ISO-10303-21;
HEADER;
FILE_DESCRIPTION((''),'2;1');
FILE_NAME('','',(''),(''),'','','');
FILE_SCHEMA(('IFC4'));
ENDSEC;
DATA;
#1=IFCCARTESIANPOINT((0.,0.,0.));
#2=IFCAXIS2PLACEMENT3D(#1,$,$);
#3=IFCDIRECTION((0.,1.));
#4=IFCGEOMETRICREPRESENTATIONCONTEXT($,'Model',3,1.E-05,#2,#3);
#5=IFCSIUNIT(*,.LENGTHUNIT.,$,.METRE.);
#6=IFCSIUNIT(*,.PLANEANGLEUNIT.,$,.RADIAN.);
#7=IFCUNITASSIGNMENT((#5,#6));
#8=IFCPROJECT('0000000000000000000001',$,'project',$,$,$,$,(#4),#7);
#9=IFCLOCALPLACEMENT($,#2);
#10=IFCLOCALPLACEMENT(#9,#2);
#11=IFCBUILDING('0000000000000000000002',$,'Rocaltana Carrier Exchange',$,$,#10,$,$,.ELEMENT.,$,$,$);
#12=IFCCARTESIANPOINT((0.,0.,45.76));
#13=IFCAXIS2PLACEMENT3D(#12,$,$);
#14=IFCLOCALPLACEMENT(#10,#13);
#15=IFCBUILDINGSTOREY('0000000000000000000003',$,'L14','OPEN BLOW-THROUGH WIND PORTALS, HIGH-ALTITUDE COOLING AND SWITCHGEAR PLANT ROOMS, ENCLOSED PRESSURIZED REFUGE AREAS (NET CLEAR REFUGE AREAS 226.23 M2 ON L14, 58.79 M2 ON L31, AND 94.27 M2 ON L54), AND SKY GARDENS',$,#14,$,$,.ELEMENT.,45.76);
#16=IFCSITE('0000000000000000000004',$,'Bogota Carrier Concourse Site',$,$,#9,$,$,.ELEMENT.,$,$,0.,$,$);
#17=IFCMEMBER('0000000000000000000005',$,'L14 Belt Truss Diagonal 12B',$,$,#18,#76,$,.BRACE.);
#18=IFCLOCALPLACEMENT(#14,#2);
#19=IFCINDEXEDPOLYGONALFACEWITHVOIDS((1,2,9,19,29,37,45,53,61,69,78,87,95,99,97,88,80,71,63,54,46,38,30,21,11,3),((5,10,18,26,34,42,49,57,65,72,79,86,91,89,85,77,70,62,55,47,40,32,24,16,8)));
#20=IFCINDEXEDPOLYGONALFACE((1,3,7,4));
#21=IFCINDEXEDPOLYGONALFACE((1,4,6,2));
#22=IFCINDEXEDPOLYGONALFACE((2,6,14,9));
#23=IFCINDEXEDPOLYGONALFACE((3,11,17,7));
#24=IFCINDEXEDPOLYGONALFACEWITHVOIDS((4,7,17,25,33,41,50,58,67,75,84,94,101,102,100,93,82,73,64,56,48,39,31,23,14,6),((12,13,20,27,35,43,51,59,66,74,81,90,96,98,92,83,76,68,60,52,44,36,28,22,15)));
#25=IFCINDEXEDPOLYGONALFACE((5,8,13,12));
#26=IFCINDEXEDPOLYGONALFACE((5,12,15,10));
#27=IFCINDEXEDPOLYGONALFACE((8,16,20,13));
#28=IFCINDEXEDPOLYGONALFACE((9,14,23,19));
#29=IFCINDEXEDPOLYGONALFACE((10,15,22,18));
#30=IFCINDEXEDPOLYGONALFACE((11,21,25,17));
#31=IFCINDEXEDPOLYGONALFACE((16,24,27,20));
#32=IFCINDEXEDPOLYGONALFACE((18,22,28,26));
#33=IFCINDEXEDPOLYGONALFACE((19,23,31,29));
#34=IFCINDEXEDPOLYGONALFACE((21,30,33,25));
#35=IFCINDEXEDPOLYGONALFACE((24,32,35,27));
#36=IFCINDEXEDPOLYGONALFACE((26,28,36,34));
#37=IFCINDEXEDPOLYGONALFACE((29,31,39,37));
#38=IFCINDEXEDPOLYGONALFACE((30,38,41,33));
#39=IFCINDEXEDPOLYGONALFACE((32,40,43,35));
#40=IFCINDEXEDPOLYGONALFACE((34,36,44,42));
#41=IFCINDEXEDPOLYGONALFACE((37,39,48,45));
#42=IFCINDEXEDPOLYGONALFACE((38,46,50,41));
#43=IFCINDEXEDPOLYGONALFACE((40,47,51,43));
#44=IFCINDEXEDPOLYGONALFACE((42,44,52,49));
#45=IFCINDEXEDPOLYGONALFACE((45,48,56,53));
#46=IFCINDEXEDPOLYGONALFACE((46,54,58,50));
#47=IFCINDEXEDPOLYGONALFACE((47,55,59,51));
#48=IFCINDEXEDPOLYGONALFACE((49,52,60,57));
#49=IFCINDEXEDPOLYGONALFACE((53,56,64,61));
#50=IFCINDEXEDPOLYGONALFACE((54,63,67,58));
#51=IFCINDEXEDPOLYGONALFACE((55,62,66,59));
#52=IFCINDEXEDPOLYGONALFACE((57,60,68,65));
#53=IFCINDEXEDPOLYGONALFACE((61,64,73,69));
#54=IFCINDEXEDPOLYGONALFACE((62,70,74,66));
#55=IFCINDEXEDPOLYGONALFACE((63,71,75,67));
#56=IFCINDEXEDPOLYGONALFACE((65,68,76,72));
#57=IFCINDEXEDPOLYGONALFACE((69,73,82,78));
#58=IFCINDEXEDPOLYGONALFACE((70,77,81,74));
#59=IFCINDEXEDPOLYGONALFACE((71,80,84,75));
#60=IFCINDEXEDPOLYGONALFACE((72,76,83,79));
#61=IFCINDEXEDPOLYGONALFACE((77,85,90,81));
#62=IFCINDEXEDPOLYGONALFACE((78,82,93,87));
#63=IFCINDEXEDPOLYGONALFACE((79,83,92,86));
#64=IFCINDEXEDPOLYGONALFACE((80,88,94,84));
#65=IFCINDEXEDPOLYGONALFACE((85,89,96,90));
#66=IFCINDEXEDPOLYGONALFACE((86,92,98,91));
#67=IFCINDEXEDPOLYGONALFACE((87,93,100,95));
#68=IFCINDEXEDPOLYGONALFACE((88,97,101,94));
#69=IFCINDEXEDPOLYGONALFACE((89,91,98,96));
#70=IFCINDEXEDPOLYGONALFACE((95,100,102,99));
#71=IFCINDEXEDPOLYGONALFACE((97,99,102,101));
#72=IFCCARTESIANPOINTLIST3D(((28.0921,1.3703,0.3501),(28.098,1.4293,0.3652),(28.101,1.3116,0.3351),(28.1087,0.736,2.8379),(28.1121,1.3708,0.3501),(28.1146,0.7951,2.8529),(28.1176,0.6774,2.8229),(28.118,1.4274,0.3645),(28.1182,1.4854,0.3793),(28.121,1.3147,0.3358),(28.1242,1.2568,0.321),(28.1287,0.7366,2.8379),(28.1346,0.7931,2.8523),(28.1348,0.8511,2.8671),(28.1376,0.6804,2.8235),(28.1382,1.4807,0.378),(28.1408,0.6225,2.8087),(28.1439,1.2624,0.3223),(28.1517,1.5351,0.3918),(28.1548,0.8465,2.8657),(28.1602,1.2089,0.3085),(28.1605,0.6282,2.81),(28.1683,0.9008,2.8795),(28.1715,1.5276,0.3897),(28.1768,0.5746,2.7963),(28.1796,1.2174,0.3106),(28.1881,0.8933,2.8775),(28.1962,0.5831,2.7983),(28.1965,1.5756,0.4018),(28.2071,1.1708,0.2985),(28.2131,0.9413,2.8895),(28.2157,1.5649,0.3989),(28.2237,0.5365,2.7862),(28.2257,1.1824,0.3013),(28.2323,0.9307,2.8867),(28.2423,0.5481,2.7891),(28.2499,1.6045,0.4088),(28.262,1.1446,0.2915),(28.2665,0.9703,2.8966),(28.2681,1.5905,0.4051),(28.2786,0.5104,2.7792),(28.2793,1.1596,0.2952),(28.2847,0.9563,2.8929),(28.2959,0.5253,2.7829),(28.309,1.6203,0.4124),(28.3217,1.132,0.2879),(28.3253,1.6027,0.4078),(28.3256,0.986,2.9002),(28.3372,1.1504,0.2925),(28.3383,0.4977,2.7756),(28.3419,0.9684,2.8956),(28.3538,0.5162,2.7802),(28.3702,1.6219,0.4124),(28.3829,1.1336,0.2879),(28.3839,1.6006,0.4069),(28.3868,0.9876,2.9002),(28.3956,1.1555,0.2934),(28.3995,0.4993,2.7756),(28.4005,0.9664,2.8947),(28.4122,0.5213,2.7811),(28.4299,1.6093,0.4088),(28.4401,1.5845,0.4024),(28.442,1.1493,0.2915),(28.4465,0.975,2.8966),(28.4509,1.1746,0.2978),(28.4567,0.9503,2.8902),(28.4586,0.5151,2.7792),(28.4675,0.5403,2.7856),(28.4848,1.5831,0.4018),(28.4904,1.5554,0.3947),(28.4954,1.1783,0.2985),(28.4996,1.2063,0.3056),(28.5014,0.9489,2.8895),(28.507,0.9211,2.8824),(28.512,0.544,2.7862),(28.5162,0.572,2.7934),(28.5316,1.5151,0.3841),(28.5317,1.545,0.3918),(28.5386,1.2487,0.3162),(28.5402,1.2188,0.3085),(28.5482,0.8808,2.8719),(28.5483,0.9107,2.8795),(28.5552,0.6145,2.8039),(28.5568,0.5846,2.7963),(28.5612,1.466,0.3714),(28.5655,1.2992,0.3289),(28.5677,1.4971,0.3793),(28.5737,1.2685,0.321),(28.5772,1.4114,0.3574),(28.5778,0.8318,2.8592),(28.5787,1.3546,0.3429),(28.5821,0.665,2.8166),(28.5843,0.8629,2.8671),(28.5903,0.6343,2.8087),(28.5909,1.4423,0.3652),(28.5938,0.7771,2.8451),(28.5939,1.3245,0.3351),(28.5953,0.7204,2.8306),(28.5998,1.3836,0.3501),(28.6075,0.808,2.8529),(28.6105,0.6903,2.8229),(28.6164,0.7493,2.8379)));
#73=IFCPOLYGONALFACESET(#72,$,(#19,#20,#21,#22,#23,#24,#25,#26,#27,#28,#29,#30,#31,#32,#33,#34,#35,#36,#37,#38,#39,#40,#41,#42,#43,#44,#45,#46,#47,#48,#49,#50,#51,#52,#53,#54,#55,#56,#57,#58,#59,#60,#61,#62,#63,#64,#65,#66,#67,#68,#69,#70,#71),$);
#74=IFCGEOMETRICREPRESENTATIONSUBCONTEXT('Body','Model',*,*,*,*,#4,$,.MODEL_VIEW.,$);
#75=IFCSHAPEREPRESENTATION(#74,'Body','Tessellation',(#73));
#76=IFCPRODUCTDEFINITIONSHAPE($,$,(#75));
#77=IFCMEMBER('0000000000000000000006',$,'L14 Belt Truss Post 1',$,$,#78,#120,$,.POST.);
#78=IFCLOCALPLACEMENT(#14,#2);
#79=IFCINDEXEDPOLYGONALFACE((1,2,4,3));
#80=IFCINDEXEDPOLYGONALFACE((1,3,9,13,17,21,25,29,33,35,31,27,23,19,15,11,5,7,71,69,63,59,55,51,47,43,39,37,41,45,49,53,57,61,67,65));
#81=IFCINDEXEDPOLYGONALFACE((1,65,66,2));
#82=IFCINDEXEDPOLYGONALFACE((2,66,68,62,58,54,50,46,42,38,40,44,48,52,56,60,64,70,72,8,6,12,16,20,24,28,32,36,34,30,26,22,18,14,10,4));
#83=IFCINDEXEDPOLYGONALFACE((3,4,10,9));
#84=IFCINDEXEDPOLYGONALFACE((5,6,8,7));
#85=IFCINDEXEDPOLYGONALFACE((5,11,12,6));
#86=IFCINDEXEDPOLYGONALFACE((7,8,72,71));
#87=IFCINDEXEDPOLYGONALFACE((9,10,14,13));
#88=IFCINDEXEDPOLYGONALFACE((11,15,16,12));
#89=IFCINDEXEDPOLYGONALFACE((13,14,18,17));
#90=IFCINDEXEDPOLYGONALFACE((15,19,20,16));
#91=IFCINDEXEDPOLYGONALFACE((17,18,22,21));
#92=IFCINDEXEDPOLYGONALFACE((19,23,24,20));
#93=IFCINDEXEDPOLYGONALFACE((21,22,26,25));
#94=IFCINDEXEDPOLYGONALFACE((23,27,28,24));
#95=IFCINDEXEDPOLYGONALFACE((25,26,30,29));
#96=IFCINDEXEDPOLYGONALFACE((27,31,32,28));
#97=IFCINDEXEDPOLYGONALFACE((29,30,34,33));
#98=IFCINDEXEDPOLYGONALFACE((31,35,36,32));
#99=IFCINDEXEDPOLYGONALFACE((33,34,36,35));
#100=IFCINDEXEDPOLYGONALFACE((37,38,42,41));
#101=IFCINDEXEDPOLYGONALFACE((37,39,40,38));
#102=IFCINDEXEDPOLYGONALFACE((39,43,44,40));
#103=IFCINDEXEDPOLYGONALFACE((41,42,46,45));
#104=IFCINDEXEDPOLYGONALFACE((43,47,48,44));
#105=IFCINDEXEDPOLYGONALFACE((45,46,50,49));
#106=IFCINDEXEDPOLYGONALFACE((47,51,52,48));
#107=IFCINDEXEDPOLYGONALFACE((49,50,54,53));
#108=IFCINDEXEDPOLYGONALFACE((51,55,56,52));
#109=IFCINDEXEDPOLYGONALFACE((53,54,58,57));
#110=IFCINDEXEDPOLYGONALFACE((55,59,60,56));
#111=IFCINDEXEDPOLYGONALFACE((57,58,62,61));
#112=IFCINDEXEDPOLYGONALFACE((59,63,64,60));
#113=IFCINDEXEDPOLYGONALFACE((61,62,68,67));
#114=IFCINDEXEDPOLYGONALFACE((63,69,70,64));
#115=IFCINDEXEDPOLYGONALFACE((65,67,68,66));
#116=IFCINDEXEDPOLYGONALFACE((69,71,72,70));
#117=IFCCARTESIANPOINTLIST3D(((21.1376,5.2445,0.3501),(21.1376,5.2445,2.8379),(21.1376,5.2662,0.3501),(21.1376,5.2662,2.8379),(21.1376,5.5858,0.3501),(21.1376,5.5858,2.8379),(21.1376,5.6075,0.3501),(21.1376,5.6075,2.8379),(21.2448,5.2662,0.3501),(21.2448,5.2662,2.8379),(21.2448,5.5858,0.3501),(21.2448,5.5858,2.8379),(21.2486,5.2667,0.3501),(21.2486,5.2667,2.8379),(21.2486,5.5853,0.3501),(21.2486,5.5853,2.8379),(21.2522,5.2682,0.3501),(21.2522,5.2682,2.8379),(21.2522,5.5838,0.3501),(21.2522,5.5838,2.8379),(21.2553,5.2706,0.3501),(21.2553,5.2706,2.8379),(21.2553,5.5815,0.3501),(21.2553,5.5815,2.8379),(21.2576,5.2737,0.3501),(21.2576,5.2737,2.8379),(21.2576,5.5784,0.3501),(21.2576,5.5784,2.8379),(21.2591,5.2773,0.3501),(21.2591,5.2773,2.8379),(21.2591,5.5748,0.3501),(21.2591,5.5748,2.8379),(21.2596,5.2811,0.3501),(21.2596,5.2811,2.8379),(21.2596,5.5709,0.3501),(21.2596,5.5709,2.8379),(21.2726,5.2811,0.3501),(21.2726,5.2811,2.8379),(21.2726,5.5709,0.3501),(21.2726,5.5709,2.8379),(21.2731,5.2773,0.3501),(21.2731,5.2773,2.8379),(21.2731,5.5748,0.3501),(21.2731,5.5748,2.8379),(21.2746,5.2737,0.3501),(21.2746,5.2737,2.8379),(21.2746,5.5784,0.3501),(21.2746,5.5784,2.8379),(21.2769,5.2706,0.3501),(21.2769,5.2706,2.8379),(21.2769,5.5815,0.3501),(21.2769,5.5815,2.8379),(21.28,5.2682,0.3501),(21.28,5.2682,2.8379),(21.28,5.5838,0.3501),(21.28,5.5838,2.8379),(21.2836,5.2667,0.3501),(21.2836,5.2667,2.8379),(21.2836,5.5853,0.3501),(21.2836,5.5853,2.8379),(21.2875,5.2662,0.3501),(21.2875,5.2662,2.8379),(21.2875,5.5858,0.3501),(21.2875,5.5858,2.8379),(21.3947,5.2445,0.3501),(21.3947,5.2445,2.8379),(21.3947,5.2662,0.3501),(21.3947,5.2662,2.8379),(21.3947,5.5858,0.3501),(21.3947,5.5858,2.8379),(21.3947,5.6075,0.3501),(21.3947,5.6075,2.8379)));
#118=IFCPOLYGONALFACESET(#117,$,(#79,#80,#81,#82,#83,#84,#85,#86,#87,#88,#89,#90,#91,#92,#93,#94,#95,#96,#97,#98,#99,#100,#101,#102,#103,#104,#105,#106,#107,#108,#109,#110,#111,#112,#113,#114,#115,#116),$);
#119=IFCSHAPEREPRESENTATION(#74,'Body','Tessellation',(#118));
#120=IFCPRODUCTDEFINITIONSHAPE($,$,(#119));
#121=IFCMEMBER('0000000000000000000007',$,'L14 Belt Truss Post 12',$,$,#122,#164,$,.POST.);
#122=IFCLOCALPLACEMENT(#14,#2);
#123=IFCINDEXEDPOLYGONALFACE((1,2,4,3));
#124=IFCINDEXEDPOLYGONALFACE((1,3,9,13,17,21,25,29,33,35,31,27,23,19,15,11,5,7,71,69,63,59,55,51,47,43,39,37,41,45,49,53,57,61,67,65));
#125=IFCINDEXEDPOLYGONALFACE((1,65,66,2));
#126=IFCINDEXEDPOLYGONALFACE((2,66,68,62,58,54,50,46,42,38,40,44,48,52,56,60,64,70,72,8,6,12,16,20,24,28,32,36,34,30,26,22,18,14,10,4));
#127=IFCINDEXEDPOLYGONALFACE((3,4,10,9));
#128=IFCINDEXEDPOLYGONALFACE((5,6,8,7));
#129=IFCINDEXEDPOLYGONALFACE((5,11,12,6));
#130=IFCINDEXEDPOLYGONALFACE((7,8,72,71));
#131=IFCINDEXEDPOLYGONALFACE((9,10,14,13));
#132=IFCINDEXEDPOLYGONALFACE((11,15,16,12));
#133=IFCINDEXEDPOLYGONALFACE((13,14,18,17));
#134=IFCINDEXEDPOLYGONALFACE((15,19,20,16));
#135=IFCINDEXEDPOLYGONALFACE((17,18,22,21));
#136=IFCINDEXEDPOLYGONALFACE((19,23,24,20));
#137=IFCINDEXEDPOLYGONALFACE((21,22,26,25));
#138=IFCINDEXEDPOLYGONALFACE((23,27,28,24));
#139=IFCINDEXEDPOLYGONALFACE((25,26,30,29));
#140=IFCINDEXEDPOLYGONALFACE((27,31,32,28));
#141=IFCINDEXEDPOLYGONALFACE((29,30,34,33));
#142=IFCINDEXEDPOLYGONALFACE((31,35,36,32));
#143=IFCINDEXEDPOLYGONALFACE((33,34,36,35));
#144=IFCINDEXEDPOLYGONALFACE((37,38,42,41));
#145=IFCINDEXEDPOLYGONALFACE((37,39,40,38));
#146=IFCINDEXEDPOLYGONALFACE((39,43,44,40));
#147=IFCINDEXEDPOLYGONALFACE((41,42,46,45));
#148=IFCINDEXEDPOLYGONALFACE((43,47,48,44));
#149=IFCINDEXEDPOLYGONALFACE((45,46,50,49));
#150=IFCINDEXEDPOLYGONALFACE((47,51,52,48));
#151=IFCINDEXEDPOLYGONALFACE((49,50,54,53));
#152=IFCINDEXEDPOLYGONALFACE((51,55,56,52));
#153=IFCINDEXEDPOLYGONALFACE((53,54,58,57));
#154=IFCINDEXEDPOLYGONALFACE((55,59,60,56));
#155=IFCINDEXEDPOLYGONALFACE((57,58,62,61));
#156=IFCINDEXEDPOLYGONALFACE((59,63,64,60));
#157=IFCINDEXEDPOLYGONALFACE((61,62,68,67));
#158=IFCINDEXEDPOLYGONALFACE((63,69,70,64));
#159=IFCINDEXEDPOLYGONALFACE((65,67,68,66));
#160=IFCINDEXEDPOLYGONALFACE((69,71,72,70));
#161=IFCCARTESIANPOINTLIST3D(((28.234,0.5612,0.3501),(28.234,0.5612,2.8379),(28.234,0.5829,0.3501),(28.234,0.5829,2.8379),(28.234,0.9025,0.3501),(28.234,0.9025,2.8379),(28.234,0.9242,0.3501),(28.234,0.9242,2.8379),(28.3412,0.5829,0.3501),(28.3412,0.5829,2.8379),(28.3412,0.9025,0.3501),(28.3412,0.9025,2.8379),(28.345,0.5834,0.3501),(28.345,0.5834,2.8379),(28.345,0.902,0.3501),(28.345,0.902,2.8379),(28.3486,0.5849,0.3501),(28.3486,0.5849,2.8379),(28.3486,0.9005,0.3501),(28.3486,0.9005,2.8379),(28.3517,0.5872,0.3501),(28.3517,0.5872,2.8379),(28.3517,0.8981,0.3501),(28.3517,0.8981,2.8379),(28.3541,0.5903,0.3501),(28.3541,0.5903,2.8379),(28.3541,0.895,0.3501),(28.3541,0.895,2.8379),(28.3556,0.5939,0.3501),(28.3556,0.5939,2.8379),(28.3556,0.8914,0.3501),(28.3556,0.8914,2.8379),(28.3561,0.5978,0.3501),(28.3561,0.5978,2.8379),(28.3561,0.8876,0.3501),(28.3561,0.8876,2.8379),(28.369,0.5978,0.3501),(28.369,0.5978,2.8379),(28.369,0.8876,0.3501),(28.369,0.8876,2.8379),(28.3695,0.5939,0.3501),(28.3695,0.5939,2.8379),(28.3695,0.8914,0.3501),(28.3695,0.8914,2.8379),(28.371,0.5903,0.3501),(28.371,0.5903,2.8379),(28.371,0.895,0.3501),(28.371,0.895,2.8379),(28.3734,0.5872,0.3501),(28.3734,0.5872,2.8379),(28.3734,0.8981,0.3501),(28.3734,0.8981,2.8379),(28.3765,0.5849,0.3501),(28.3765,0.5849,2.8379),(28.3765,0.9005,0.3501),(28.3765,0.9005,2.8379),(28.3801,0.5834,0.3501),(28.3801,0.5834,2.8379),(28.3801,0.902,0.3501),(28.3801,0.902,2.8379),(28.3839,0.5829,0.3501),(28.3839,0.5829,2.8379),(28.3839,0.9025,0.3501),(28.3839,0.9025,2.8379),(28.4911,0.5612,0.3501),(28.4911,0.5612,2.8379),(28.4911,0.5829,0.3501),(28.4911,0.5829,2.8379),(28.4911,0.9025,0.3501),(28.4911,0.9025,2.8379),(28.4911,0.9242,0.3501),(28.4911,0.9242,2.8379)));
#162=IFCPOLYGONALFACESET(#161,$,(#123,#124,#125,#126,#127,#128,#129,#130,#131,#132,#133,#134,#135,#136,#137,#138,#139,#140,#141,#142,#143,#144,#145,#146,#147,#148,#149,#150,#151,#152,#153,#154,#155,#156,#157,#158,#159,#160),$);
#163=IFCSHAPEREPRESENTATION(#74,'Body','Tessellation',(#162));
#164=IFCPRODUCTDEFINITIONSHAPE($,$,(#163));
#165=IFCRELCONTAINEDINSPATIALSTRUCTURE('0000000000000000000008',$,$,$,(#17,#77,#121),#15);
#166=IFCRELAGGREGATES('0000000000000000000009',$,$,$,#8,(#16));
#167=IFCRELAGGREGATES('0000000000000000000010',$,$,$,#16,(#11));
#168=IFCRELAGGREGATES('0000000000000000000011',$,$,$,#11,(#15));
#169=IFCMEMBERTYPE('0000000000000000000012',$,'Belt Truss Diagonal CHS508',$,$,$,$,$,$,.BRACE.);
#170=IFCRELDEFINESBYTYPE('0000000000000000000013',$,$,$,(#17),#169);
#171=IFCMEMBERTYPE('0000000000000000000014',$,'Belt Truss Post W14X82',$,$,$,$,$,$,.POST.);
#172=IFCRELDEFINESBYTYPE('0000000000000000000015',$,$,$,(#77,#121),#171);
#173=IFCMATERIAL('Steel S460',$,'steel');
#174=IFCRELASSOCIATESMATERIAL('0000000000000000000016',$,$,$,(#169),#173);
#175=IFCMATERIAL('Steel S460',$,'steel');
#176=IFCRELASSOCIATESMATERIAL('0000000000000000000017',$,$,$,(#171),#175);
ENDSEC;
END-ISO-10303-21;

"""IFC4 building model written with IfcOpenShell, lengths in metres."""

from ifc_helpers import new_model, si_unit, direction, frame, origin, origin_2d, place, context, subcontext, project, spatial, hollow_circle, i_section, extrude, material, material_profile, profile_set, type_object, element, save


model = new_model("IFC4")

# Units and contexts
model_context = context("Model", 3, precision=1e-05, world=origin(), true_north=direction((0.0, 1.0)))
body_context = subcontext(model_context, "Body", "Model", "MODEL_VIEW")
ifc_project = project(units=[si_unit("LENGTHUNIT", "METRE"), si_unit("PLANEANGLEUNIT", "RADIAN")], contexts=[model_context])

# Site, building, storey
site_placement = place(None, origin())
site = spatial("IfcSite", under=ifc_project, at=site_placement, Name="Bogota Carrier Concourse Site", CompositionType="ELEMENT", RefElevation=0.0)
building_placement = place(site_placement, origin())
building = spatial("IfcBuilding", under=site, at=building_placement, Name="Rocaltana Carrier Exchange", CompositionType="ELEMENT")
storey_placement = place(building_placement, frame((0.0, 0.0, 45.76)))
storey = spatial("IfcBuildingStorey", under=building, at=storey_placement, Name="L14", Description="OPEN BLOW-THROUGH WIND PORTALS, HIGH-ALTITUDE COOLING AND SWITCHGEAR PLANT ROOMS, ENCLOSED PRESSURIZED REFUGE AREAS (NET CLEAR REFUGE AREAS 226.23 M2 ON L14, 58.79 M2 ON L31, AND 94.27 M2 ON L54), AND SKY GARDENS", CompositionType="ELEMENT", Elevation=45.76)

# Members
ifc_material_1 = material(Name="Steel S460", Category="steel")
ifc_material_profile_1 = material_profile(ifc_material_1, hollow_circle(Radius=0.2539, WallThickness=0.02, at=origin_2d()), Name="CHS508X20")
ifc_profile_set_1 = profile_set([ifc_material_profile_1], Name="Steel S460")
member_type_1 = type_object("IfcMemberType", Name="Belt Truss Diagonal CHS508", PredefinedType="BRACE", material=ifc_profile_set_1)
for number, where, z_axis, x_axis, name in (
    (1, (28.3625, 0.7427, 2.8379), (-0.006466, 0.247048, -0.968982), (-0.999658, -0.026165, 0.0), "L14 Belt Truss Diagonal 12B"),
):
    element("IfcMember", number, at=place(storey_placement, frame(where, z_axis=z_axis, x_axis=x_axis)), inside=storey, type_object=member_type_1, Name=name, PredefinedType="BRACE", context=body_context, shape_type="SweptSolid", body=[
        extrude(hollow_circle(Radius=0.2539, WallThickness=0.02, at=origin_2d()), origin(), (0.0, 0.0, 1.0), 2.5674),
    ])
ifc_material_2 = material(Name="Steel S460", Category="steel")
ifc_material_profile_2 = material_profile(ifc_material_2, i_section(OverallWidth=0.2571, OverallDepth=0.363, WebThickness=0.0129, FlangeThickness=0.0217, FilletRadius=0.0149, at=origin_2d()), Name="W14X82")
ifc_profile_set_2 = profile_set([ifc_material_profile_2], Name="Steel S460")
member_type_2 = type_object("IfcMemberType", Name="Belt Truss Post W14X82", PredefinedType="POST", material=ifc_profile_set_2)
for number, where, z_axis, x_axis, name in (
    (2, (21.2661, 5.426, 0.3501), (0.0, 0.0, 1.0), (1.0, 0.0, 0.0), "L14 Belt Truss Post 1"),
    (3, (28.3625, 0.7427, 0.3501), (0.0, 0.0, 1.0), (1.0, 0.0, 0.0), "L14 Belt Truss Post 12"),
):
    element("IfcMember", number, at=place(storey_placement, frame(where, z_axis=z_axis, x_axis=x_axis)), inside=storey, type_object=member_type_2, Name=name, PredefinedType="POST", context=body_context, shape_type="SweptSolid", body=[
        extrude(i_section(OverallWidth=0.2571, OverallDepth=0.363, WebThickness=0.0129, FlangeThickness=0.0217, FilletRadius=0.0149, at=origin_2d()), origin(), (0.0, 0.0, 1.0), 2.4878),
    ])

save(model, "model.ifc")
